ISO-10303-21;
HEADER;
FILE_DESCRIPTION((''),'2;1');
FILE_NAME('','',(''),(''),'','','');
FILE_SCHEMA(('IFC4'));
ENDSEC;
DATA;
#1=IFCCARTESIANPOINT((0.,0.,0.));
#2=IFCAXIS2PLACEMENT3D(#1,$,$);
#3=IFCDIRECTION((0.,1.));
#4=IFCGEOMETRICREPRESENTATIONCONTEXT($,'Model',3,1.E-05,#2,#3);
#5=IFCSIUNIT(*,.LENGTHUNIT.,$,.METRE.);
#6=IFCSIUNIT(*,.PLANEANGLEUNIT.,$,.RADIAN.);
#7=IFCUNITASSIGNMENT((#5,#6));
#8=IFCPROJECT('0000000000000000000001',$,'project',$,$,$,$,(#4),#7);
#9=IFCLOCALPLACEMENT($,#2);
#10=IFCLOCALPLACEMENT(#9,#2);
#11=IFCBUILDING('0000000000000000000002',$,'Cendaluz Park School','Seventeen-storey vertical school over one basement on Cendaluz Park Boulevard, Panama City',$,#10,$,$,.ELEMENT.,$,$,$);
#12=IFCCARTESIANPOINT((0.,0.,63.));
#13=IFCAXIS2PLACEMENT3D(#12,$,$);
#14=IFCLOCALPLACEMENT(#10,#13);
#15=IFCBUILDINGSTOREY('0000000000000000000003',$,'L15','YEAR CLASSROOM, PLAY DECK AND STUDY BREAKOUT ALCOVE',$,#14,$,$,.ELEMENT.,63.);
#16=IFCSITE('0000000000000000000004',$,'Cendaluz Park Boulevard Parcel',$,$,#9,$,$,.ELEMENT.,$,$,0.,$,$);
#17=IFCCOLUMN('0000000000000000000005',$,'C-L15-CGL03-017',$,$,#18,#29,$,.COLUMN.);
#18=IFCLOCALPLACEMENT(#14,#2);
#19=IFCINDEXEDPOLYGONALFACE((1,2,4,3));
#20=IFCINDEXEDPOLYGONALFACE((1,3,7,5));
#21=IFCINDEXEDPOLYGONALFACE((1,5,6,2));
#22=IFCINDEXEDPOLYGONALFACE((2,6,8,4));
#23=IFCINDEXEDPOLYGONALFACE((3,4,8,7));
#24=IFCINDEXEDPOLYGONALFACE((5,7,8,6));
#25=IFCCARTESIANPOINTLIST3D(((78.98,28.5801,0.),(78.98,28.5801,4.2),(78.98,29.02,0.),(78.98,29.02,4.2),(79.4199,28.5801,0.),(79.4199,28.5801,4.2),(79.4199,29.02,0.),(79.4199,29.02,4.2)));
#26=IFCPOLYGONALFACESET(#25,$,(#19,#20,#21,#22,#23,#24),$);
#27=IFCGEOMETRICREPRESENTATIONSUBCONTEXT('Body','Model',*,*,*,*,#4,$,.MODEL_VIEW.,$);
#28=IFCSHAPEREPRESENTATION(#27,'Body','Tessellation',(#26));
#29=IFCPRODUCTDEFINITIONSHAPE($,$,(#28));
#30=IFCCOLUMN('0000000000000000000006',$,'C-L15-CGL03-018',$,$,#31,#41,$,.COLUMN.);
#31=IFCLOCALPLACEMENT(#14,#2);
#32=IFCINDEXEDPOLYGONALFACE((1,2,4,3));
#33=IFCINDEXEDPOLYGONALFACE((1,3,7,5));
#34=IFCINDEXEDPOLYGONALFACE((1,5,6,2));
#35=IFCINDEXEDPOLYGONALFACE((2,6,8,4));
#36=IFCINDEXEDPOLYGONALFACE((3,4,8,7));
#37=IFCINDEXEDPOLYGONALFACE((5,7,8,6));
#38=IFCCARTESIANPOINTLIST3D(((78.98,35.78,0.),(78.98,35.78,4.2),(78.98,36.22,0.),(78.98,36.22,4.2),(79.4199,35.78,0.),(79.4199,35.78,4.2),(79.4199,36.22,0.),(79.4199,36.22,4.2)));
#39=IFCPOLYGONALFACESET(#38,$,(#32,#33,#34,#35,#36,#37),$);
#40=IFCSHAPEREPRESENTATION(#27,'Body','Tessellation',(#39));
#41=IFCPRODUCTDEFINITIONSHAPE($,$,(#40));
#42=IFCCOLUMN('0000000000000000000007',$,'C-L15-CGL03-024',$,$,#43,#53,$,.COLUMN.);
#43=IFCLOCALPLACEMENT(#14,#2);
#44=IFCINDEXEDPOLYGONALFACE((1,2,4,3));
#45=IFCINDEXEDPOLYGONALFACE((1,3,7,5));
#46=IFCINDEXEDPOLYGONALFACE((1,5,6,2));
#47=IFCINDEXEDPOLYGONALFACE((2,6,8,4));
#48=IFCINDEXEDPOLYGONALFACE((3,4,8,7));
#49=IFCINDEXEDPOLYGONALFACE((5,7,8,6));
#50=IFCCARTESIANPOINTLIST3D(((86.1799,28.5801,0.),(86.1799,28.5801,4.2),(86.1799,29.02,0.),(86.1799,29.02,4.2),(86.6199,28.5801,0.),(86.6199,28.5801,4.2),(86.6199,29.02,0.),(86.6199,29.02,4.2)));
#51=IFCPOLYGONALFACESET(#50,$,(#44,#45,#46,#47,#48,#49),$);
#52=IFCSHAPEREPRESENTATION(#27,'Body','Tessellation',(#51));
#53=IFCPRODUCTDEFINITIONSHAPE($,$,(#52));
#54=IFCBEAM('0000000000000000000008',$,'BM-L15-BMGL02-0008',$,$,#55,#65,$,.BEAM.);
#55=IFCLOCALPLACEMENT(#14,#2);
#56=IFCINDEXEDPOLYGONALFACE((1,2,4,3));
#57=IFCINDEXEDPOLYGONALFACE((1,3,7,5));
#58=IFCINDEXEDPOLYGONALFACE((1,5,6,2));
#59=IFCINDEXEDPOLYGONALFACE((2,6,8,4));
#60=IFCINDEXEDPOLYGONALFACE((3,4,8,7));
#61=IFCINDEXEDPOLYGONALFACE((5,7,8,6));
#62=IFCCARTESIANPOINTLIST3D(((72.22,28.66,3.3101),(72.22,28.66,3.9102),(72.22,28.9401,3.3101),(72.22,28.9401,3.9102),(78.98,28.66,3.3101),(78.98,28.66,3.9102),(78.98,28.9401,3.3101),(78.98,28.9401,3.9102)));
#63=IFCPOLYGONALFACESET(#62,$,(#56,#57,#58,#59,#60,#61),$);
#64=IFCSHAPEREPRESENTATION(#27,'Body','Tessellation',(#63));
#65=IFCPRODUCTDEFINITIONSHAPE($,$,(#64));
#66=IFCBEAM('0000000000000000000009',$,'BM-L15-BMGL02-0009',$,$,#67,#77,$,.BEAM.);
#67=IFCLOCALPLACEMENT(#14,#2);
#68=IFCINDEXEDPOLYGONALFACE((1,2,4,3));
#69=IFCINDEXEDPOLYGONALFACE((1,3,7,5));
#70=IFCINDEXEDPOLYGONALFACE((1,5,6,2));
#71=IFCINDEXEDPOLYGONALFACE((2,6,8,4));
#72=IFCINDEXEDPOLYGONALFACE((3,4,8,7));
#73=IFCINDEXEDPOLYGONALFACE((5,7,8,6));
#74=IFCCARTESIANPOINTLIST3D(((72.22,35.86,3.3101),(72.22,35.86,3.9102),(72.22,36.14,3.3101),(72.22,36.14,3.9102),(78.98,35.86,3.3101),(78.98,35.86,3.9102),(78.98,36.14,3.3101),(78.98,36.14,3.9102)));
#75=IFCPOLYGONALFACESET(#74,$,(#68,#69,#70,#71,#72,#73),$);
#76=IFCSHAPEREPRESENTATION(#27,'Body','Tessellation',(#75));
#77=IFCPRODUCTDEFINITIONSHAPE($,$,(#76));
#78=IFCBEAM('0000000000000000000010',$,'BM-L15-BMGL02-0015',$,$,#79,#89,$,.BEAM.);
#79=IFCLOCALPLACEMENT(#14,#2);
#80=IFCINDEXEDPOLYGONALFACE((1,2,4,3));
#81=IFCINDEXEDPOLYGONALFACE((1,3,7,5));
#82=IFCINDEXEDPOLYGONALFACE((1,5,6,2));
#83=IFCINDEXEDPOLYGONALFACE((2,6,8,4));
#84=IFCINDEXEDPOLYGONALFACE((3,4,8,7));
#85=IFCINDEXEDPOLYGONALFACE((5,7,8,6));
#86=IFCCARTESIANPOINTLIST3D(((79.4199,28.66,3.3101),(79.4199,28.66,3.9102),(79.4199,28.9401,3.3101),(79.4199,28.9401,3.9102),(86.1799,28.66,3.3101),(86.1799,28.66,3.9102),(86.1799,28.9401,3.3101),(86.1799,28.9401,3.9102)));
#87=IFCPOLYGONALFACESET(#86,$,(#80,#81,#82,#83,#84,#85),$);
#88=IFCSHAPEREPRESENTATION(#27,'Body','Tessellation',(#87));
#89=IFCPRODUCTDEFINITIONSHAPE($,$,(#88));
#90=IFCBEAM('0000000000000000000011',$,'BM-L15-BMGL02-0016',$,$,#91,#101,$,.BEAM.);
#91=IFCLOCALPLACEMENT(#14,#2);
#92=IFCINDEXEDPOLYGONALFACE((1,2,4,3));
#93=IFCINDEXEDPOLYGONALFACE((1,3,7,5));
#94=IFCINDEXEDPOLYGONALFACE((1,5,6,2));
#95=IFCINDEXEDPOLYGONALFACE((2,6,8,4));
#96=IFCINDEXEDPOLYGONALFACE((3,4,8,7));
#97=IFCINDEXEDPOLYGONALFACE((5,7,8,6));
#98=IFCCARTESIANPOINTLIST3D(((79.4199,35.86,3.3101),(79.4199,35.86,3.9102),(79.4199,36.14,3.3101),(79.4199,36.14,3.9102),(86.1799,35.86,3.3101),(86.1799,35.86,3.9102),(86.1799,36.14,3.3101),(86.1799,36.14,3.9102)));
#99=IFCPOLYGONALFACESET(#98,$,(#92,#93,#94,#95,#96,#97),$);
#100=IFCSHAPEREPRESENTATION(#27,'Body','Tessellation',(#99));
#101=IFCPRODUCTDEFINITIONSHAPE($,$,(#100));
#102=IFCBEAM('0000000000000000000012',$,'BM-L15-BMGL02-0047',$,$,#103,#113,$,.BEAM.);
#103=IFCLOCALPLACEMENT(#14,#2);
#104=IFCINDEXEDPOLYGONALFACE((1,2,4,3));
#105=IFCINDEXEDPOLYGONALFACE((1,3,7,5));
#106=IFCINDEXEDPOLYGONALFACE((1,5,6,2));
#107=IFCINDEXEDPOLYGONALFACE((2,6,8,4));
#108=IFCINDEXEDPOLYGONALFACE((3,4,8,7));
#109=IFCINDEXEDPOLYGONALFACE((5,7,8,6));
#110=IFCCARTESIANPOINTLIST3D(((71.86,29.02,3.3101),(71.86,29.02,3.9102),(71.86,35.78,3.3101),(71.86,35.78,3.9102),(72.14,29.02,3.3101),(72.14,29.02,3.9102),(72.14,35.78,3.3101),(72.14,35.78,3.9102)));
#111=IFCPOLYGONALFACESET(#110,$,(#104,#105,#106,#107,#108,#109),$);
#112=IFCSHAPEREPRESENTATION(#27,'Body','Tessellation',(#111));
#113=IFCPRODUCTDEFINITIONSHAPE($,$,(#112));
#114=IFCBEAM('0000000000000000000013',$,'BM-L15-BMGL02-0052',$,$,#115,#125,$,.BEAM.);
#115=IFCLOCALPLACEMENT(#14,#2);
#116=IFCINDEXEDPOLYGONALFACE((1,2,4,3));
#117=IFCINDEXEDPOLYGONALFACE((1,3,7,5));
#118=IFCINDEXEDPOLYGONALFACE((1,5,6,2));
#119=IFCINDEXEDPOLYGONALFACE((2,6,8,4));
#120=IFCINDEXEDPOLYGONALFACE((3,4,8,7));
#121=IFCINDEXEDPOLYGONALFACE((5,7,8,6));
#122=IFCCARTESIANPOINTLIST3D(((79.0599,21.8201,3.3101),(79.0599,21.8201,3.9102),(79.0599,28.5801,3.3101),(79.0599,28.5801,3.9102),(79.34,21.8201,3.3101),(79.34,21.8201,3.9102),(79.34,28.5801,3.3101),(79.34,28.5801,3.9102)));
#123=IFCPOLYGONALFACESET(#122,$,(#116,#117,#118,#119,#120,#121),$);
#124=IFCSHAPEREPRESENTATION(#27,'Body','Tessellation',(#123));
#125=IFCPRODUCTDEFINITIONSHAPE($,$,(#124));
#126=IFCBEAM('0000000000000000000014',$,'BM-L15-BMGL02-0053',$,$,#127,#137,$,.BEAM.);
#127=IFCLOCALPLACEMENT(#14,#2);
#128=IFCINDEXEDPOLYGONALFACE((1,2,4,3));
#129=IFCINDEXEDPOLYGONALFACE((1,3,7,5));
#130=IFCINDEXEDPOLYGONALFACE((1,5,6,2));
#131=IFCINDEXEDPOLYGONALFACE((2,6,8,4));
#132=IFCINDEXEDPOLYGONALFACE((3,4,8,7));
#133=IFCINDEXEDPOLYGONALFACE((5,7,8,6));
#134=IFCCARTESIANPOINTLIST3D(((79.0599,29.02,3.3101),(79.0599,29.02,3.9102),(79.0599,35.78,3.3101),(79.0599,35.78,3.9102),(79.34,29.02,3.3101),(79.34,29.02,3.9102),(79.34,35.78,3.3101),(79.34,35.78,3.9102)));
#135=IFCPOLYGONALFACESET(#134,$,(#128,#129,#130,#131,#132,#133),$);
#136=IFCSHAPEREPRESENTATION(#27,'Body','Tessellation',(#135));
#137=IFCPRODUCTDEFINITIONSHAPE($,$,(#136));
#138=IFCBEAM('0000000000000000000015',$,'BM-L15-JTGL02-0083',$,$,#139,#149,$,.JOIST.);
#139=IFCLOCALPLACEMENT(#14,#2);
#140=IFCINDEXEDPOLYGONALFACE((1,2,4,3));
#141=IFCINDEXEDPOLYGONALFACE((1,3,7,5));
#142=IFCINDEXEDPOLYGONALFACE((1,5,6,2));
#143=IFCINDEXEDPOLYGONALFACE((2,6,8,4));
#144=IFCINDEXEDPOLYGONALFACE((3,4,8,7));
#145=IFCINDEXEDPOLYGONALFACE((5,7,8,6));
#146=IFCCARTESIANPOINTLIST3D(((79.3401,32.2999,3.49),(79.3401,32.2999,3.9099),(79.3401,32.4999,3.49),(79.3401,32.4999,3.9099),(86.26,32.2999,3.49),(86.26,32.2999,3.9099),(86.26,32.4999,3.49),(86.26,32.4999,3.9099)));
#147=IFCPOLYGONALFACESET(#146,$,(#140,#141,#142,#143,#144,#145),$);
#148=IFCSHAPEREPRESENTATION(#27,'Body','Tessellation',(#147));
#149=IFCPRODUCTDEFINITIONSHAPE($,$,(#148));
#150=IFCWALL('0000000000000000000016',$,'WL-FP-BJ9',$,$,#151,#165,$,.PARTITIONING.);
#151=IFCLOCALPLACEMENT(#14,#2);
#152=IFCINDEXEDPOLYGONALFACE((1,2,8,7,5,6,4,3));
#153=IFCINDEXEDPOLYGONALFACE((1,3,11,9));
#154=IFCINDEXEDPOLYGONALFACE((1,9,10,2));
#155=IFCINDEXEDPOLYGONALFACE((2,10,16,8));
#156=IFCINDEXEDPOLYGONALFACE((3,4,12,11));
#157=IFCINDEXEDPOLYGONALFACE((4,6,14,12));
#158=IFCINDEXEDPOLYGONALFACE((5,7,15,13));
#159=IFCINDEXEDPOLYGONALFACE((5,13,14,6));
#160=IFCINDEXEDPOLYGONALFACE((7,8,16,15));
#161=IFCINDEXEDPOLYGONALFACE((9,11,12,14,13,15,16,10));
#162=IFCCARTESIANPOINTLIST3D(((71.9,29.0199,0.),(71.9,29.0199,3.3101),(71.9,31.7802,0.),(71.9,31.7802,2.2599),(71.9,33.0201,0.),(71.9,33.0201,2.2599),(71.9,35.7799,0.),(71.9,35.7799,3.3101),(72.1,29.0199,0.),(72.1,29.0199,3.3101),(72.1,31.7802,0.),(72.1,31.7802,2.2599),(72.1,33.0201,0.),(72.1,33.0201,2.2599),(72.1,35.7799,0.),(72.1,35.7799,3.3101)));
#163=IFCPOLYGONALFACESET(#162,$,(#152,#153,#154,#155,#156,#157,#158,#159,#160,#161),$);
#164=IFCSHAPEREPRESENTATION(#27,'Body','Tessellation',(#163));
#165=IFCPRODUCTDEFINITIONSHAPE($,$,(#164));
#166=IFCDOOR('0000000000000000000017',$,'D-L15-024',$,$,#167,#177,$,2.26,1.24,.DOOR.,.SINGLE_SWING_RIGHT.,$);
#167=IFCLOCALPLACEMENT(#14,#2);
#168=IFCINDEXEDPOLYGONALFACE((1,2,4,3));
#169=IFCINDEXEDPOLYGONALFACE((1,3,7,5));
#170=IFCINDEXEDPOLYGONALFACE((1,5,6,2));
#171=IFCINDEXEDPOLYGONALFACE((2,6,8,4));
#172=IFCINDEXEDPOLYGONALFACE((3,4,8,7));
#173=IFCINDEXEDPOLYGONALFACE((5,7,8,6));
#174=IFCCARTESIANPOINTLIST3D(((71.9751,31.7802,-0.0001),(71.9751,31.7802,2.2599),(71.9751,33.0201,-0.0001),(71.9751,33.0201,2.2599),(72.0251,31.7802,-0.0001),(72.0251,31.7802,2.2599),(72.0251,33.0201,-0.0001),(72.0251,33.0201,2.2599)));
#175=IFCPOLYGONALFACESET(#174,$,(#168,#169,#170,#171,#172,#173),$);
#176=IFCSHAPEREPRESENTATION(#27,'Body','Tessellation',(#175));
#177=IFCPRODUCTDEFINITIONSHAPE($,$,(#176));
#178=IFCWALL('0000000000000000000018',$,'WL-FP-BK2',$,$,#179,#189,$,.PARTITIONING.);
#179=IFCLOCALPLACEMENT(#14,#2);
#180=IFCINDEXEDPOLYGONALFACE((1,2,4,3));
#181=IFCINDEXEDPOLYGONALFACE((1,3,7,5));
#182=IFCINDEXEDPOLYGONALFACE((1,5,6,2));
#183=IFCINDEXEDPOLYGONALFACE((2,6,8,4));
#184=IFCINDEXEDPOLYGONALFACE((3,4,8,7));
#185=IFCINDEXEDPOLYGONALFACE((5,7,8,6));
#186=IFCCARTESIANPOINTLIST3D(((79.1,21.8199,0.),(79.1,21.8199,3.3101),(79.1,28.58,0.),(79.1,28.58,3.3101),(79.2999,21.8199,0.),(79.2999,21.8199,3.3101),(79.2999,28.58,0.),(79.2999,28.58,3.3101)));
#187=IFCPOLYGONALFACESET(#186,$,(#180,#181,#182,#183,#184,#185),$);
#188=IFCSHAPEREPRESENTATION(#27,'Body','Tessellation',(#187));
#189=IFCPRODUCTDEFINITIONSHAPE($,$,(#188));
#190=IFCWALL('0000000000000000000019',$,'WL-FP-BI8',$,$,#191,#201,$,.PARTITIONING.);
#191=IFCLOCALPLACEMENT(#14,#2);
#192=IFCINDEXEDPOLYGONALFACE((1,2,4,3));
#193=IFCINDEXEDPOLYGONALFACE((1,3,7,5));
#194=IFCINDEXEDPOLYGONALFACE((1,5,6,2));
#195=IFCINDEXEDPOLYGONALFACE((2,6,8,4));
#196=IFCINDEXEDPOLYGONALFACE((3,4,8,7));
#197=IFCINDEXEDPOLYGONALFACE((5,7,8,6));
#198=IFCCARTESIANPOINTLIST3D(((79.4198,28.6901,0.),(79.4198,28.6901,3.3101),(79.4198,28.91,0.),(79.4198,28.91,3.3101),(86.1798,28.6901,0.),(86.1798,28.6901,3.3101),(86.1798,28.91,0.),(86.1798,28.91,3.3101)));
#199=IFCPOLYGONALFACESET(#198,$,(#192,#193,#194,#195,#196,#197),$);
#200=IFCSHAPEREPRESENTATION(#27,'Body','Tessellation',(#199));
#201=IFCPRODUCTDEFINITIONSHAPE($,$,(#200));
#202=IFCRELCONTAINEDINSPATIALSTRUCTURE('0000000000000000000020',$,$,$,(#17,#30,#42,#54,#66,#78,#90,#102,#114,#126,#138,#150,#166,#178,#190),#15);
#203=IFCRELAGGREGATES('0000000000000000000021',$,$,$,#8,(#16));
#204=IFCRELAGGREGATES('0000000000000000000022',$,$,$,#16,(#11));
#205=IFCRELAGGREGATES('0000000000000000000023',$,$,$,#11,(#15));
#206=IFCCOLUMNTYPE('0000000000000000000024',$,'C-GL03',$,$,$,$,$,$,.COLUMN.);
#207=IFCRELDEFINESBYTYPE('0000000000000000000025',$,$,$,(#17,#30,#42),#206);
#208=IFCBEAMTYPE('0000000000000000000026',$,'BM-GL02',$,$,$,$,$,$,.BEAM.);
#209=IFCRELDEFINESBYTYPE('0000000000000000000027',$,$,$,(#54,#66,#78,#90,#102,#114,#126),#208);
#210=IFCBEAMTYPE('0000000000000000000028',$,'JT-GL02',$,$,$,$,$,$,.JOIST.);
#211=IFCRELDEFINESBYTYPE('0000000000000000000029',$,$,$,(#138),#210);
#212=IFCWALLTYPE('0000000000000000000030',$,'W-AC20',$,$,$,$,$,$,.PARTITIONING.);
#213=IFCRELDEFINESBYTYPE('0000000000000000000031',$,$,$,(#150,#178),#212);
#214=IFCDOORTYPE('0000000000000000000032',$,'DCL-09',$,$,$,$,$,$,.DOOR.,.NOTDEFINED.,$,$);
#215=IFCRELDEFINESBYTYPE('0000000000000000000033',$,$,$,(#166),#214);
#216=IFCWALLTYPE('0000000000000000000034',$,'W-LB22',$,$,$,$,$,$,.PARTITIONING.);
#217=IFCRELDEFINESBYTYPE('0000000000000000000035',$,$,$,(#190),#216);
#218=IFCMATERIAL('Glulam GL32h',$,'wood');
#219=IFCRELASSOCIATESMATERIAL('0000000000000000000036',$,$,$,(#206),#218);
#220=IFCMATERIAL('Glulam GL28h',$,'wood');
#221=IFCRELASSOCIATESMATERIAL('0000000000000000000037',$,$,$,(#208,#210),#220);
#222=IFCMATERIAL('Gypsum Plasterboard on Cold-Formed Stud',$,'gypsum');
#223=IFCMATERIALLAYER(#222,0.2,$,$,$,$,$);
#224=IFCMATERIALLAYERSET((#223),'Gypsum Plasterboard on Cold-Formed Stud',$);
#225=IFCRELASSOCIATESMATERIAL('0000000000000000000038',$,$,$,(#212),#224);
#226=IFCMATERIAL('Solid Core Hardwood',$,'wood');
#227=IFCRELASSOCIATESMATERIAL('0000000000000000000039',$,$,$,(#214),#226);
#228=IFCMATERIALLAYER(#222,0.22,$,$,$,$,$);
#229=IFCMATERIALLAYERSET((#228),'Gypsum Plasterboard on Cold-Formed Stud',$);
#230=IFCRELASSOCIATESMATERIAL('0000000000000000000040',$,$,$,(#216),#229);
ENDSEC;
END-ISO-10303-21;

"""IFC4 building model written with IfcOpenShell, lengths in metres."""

from ifc_helpers import new_model, si_unit, direction, frame, frame_2d, origin, origin_2d, place, context, subcontext, project, spatial, rectangle, extrude, material, layer, layer_set, material_profile, profile_set, type_object, element, fill, save


model = new_model("IFC4")

# Units and contexts
model_context = context("Model", 3, precision=1e-05, world=origin(), true_north=direction((0.0, 1.0)))
body_context = subcontext(model_context, "Body", "Model", "MODEL_VIEW")
ifc_project = project(units=[si_unit("LENGTHUNIT", "METRE"), si_unit("PLANEANGLEUNIT", "RADIAN")], contexts=[model_context])

# Site, building, storey
site_placement = place(None, origin())
site = spatial("IfcSite", under=ifc_project, at=site_placement, Name="Cendaluz Park Boulevard Parcel", CompositionType="ELEMENT", RefElevation=0.0)
building_placement = place(site_placement, origin())
building = spatial("IfcBuilding", under=site, at=building_placement, Name="Cendaluz Park School", Description="Seventeen-storey vertical school over one basement on Cendaluz Park Boulevard, Panama City", CompositionType="ELEMENT")
storey_placement = place(building_placement, frame((0.0, 0.0, 63.0)))
storey = spatial("IfcBuildingStorey", under=building, at=storey_placement, Name="L15", Description="YEAR CLASSROOM, PLAY DECK AND STUDY BREAKOUT ALCOVE", CompositionType="ELEMENT", Elevation=63.0)

# Columns
ifc_material_1 = material(Name="Glulam GL32h", Category="wood")
ifc_material_profile_1 = material_profile(ifc_material_1, rectangle(XDim=0.4399, YDim=0.4399, at=origin_2d()), Name="GL32h 440x440", Category="wood")
ifc_profile_set_1 = profile_set([ifc_material_profile_1], Name="Glulam GL32h")
column_type = type_object("IfcColumnType", Name="C-GL03", PredefinedType="COLUMN", material=ifc_profile_set_1)
for number, where, z_axis, x_axis, name in (
    (1, (79.2, 28.8, 0.0), (0.0, 0.0, 1.0), (1.0, 0.0, 0.0), "C-L15-CGL03-017"),
    (2, (79.2, 36.0, 0.0), (0.0, 0.0, 1.0), (1.0, 0.0, 0.0), "C-L15-CGL03-018"),
    (3, (86.3999, 28.8, 0.0), (0.0, 0.0, 1.0), (1.0, 0.0, 0.0), "C-L15-CGL03-024"),
):
    element("IfcColumn", number, at=place(storey_placement, frame(where, z_axis=z_axis, x_axis=x_axis)), inside=storey, type_object=column_type, Name=name, PredefinedType="COLUMN", context=body_context, shape_type="SweptSolid", body=[
        extrude(rectangle(XDim=0.4399, YDim=0.4399, at=origin_2d()), origin(), (0.0, 0.0, 1.0), 4.2),
    ])

# Beams
ifc_material_2 = material(Name="Glulam GL28h", Category="wood")
ifc_material_profile_2 = material_profile(ifc_material_2, rectangle(XDim=0.28, YDim=0.6001, at=origin_2d()), Name="GL28h 280x600", Category="wood")
ifc_profile_set_2 = profile_set([ifc_material_profile_2], Name="Glulam GL28h")
beam_type_1 = type_object("IfcBeamType", Name="BM-GL02", PredefinedType="BEAM", material=ifc_profile_set_2)
for number, where, z_axis, x_axis, name in (
    (4, (72.22, 28.8, 3.6101), (1.0, 0.0, 0.0), (0.0, 1.0, 0.0), "BM-L15-BMGL02-0008"),
    (5, (72.22, 36.0, 3.6101), (1.0, 0.0, 0.0), (0.0, 1.0, 0.0), "BM-L15-BMGL02-0009"),
    (6, (79.4199, 28.8, 3.6101), (1.0, 0.0, 0.0), (0.0, 1.0, 0.0), "BM-L15-BMGL02-0015"),
    (7, (79.4199, 36.0, 3.6101), (1.0, 0.0, 0.0), (0.0, 1.0, 0.0), "BM-L15-BMGL02-0016"),
    (8, (72.0, 29.02, 3.6101), (0.0, 1.0, 0.0), (-1.0, 0.0, 0.0), "BM-L15-BMGL02-0047"),
    (9, (79.2, 21.8201, 3.6101), (0.0, 1.0, 0.0), (-1.0, 0.0, 0.0), "BM-L15-BMGL02-0052"),
    (10, (79.2, 29.02, 3.6101), (0.0, 1.0, 0.0), (-1.0, 0.0, 0.0), "BM-L15-BMGL02-0053"),
):
    element("IfcBeam", number, at=place(storey_placement, frame(where, z_axis=z_axis, x_axis=x_axis)), inside=storey, type_object=beam_type_1, Name=name, PredefinedType="BEAM", context=body_context, shape_type="SweptSolid", body=[
        extrude(rectangle(XDim=0.28, YDim=0.6001, at=origin_2d()), origin(), (0.0, 0.0, 1.0), 6.76),
    ])
ifc_material_profile_3 = material_profile(ifc_material_2, rectangle(XDim=0.2, YDim=0.4199, at=origin_2d()), Name="GL28h 200x420", Category="wood")
ifc_profile_set_3 = profile_set([ifc_material_profile_3], Name="Glulam GL28h")
beam_type_2 = type_object("IfcBeamType", Name="JT-GL02", PredefinedType="JOIST", material=ifc_profile_set_3)
beam_placement = place(storey_placement, frame((79.3401, 32.3999, 3.7), z_axis=(1.0, 0.0, 0.0), x_axis=(0.0, 1.0, 0.0)))
element("IfcBeam", 11, at=beam_placement, inside=storey, type_object=beam_type_2, Name="BM-L15-JTGL02-0083", PredefinedType="JOIST", context=body_context, shape_type="SweptSolid", body=[
    extrude(rectangle(XDim=0.2, YDim=0.4199, at=origin_2d()), origin(), (0.0, 0.0, 1.0), 6.9199),
])

# Wall, opening, door
ifc_material_3 = material(Name="Gypsum Plasterboard on Cold-Formed Stud", Category="gypsum")
ifc_layer_1 = layer(ifc_material_3, 0.2)
ifc_layer_set_1 = layer_set([ifc_layer_1], Name="Gypsum Plasterboard on Cold-Formed Stud")
wall_type_1 = type_object("IfcWallType", Name="W-AC20", PredefinedType="PARTITIONING", material=ifc_layer_set_1)
wall_1_placement = place(storey_placement, frame((72.0, 29.02, 0.0), z_axis=(0.0, 0.0, 1.0), x_axis=(0.0, 1.0, 0.0)))
wall_1 = element("IfcWall", 12, at=wall_1_placement, inside=storey, type_object=wall_type_1, Name="WL-FP-BJ9", PredefinedType="PARTITIONING", context=body_context, shape_type="SweptSolid", body=[
    extrude(rectangle(XDim=6.76, YDim=0.2, at=frame_2d((3.3799, 0.0))), origin(), (0.0, 0.0, 1.0), 3.3101),
])
opening_1_placement = place(wall_1_placement, frame((2.76, 0.0, 0.0)))
opening_1 = element("IfcOpeningElement", 13, at=opening_1_placement, cuts=wall_1, PredefinedType="OPENING", context=body_context, shape_type="SweptSolid", body=[
    extrude(rectangle(XDim=1.24, YDim=2.26, at=frame_2d((0.6201, 1.1299))), frame((0.0, 0.1121, 0.0), z_axis=(0.0, -1.0, 0.0), x_axis=(1.0, 0.0, 0.0)), (0.0, 0.0, 1.0), 0.2239),
])
ifc_material_4 = material(Name="Solid Core Hardwood", Category="wood")
door_type_1 = type_object("IfcDoorType", Name="DCL-09", OperationType="NOTDEFINED", PredefinedType="DOOR", material=ifc_material_4)
door_1_placement = place(opening_1_placement, origin())
door_1 = element("IfcDoor", 14, at=door_1_placement, inside=storey, type_object=door_type_1, Name="D-L15-024", OperationType="SINGLE_SWING_RIGHT", OverallHeight=2.26, OverallWidth=1.24, PredefinedType="DOOR", context=body_context, shape_type="SweptSolid", body=[
    extrude(rectangle(XDim=1.24, YDim=2.26, at=frame_2d((0.6201, 1.1299))), frame((0.0, 0.0249, 0.0), z_axis=(0.0, -1.0, 0.0), x_axis=(1.0, 0.0, 0.0)), (0.0, 0.0, 1.0), 0.05),
])
fill(opening_1, door_1)

# Walls
wall_2_placement = place(storey_placement, frame((79.2, 21.8201, 0.0), z_axis=(0.0, 0.0, 1.0), x_axis=(0.0, 1.0, 0.0)))
element("IfcWall", 15, at=wall_2_placement, inside=storey, type_object=wall_type_1, Name="WL-FP-BK2", PredefinedType="PARTITIONING", context=body_context, shape_type="SweptSolid", body=[
    extrude(rectangle(XDim=6.76, YDim=0.2, at=frame_2d((3.3799, 0.0))), origin(), (0.0, 0.0, 1.0), 3.3101),
])
ifc_layer_2 = layer(ifc_material_3, 0.22)
ifc_layer_set_2 = layer_set([ifc_layer_2], Name="Gypsum Plasterboard on Cold-Formed Stud")
wall_type_2 = type_object("IfcWallType", Name="W-LB22", PredefinedType="PARTITIONING", material=ifc_layer_set_2)
wall_3_placement = place(storey_placement, frame((79.4199, 28.8, 0.0), z_axis=(0.0, 0.0, 1.0), x_axis=(1.0, 0.0, 0.0)))
element("IfcWall", 16, at=wall_3_placement, inside=storey, type_object=wall_type_2, Name="WL-FP-BI8", PredefinedType="PARTITIONING", context=body_context, shape_type="SweptSolid", body=[
    extrude(rectangle(XDim=6.76, YDim=0.22, at=frame_2d((3.3799, 0.0))), origin(), (0.0, 0.0, 1.0), 3.3101),
])

save(model, "model.ifc")
